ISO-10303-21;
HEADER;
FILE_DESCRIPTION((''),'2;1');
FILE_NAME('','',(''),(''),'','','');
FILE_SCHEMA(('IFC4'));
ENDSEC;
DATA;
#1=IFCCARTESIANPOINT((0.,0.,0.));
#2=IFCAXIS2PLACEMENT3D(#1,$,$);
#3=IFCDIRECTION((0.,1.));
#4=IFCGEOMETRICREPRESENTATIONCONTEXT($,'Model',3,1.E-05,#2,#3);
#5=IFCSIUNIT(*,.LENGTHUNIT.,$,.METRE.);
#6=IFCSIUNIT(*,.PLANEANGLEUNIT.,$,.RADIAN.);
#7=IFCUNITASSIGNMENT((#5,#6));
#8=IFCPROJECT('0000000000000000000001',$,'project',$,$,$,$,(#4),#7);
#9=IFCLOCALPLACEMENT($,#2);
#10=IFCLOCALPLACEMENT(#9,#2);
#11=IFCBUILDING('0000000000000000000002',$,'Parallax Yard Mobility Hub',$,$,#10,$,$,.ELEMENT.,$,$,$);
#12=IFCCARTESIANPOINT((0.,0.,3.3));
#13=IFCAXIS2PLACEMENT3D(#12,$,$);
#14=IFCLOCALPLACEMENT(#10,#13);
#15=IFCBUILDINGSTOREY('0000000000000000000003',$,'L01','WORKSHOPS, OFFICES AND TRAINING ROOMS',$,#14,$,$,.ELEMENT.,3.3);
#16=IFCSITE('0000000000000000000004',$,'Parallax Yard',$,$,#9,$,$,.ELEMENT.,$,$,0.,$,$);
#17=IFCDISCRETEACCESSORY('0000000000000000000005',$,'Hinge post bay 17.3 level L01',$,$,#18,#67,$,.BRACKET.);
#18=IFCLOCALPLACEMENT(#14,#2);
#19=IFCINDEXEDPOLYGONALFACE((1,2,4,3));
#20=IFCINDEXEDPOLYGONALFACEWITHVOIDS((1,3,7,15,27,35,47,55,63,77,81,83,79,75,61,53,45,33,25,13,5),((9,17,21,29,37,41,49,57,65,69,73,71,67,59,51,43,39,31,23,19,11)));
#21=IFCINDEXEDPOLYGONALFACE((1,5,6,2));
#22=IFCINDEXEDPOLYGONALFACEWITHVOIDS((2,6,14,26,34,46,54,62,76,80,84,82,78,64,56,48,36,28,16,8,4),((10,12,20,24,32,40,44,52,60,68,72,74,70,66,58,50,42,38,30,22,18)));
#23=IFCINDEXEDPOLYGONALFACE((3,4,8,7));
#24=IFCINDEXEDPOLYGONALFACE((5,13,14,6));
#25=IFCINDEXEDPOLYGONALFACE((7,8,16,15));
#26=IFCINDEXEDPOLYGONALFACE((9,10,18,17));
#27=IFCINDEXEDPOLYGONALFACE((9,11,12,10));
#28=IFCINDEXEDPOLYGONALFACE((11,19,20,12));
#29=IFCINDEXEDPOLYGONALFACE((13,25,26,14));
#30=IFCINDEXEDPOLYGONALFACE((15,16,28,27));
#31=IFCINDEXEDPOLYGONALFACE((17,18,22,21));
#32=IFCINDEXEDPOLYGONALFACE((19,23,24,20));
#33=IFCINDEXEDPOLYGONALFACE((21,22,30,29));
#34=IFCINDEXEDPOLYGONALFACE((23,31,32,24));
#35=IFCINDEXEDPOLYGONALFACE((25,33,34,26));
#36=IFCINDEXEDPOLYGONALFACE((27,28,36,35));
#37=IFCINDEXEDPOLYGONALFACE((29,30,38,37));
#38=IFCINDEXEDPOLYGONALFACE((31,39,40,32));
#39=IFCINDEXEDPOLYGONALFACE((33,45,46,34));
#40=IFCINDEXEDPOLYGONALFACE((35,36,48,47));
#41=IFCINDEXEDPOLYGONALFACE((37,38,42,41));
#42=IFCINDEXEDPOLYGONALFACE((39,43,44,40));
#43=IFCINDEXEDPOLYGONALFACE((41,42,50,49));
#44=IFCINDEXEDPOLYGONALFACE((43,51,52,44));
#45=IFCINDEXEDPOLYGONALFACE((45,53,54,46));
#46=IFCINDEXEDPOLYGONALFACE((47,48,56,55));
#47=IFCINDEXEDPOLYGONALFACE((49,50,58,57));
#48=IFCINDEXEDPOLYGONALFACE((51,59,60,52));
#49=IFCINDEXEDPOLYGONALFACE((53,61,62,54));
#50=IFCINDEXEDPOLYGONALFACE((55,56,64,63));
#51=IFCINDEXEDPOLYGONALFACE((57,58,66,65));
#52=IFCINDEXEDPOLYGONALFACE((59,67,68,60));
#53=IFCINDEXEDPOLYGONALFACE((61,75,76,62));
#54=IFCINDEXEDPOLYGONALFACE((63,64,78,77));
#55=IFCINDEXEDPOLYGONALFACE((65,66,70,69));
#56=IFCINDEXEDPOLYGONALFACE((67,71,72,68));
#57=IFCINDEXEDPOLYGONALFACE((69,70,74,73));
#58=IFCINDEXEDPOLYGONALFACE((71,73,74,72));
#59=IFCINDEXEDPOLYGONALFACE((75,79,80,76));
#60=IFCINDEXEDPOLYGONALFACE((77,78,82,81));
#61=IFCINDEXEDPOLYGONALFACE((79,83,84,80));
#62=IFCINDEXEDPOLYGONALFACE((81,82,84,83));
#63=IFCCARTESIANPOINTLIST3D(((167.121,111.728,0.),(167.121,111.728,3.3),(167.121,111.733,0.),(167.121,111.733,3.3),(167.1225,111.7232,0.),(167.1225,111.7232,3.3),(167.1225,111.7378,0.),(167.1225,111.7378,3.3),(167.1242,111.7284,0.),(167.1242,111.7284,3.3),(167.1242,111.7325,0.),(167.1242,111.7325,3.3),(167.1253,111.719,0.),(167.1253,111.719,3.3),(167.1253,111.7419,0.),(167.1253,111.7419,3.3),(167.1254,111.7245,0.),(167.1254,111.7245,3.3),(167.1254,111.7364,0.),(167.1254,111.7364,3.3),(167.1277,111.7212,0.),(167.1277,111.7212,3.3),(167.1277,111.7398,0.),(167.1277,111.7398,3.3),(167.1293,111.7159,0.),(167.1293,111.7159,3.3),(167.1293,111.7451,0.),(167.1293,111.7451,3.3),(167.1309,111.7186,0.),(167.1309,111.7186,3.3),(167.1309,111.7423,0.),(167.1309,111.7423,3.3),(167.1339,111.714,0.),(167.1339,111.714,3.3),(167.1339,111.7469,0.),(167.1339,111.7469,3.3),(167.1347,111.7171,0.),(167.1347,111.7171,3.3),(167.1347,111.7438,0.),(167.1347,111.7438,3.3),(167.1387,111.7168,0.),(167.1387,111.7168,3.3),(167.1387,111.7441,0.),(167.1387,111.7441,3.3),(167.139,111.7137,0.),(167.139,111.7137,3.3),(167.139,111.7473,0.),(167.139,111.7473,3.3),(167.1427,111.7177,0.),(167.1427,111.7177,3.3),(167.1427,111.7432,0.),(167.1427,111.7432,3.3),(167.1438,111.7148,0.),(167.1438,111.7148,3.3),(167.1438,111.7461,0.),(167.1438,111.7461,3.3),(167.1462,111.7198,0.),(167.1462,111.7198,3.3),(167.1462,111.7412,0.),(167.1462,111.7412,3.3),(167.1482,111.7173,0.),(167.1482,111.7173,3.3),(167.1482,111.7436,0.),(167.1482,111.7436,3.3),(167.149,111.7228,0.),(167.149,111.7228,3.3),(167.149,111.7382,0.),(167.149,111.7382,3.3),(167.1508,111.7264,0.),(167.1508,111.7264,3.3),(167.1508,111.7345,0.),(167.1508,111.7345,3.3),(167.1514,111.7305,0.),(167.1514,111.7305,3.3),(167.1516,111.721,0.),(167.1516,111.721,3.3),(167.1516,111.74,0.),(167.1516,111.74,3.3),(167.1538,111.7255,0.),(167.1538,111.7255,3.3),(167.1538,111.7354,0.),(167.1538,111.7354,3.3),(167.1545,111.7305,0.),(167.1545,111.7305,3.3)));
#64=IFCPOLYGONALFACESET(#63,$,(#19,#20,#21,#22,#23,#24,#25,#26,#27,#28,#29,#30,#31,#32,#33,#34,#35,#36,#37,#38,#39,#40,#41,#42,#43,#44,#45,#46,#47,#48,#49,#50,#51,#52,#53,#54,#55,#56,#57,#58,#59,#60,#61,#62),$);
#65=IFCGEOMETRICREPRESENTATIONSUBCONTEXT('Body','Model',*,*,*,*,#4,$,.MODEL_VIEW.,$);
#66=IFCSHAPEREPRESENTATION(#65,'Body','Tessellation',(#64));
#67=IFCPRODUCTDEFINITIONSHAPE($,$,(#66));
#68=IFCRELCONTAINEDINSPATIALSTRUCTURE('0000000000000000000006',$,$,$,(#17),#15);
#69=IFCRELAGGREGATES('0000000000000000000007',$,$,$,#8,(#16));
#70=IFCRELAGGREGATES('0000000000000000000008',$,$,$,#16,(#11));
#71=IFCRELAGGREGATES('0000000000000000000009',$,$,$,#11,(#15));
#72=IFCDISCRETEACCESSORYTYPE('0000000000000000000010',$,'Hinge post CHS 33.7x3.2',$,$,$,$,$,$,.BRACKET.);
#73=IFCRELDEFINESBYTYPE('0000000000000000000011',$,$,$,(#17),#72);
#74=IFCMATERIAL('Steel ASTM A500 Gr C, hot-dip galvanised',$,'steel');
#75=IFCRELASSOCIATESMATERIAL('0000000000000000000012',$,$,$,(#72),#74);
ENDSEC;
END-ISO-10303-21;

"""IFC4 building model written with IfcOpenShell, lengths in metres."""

from ifc_helpers import new_model, si_unit, direction, frame, origin, origin_2d, place, context, subcontext, project, spatial, hollow_circle, extrude, material, material_profile, profile_set, type_object, element, save


model = new_model("IFC4")

# Units and contexts
model_context = context("Model", 3, precision=1e-05, world=origin(), true_north=direction((0.0, 1.0)))
body_context = subcontext(model_context, "Body", "Model", "MODEL_VIEW")
ifc_project = project(units=[si_unit("LENGTHUNIT", "METRE"), si_unit("PLANEANGLEUNIT", "RADIAN")], contexts=[model_context])

# Site, building, storey
site_placement = place(None, origin())
site = spatial("IfcSite", under=ifc_project, at=site_placement, Name="Parallax Yard", CompositionType="ELEMENT", RefElevation=0.0)
building_placement = place(site_placement, origin())
building = spatial("IfcBuilding", under=site, at=building_placement, Name="Parallax Yard Mobility Hub", CompositionType="ELEMENT")
storey_placement = place(building_placement, frame((0.0, 0.0, 3.3)))
storey = spatial("IfcBuildingStorey", under=building, at=storey_placement, Name="L01", Description="WORKSHOPS, OFFICES AND TRAINING ROOMS", CompositionType="ELEMENT", Elevation=3.3)

# Discrete accessory
ifc_material_1 = material(Name="Steel ASTM A500 Gr C, hot-dip galvanised", Category="steel")
ifc_material_profile_1 = material_profile(ifc_material_1, hollow_circle(Radius=0.0168, WallThickness=0.0032, at=origin_2d()), Name="CHS 33.7x3.2")
ifc_profile_set_1 = profile_set([ifc_material_profile_1], Name="Steel ASTM A500 Gr C, hot-dip galvanised")
discrete_accessory_type_1 = type_object("IfcDiscreteAccessoryType", Name="Hinge post CHS 33.7x3.2", PredefinedType="BRACKET", material=ifc_profile_set_1)
for number, where, z_axis, x_axis, name in (
    (1, (167.1377, 111.7305, 0.0), (0.0, 0.0, 1.0), (1.0, 0.0, 0.0), "Hinge post bay 17.3 level L01"),
):
    element("IfcDiscreteAccessory", number, at=place(storey_placement, frame(where, z_axis=z_axis, x_axis=x_axis)), inside=storey, type_object=discrete_accessory_type_1, Name=name, PredefinedType="BRACKET", context=body_context, shape_type="SweptSolid", body=[
        extrude(hollow_circle(Radius=0.0168, WallThickness=0.0032, at=origin_2d()), origin(), (0.0, 0.0, 1.0), 3.3),
    ])

save(model, "model.ifc")
